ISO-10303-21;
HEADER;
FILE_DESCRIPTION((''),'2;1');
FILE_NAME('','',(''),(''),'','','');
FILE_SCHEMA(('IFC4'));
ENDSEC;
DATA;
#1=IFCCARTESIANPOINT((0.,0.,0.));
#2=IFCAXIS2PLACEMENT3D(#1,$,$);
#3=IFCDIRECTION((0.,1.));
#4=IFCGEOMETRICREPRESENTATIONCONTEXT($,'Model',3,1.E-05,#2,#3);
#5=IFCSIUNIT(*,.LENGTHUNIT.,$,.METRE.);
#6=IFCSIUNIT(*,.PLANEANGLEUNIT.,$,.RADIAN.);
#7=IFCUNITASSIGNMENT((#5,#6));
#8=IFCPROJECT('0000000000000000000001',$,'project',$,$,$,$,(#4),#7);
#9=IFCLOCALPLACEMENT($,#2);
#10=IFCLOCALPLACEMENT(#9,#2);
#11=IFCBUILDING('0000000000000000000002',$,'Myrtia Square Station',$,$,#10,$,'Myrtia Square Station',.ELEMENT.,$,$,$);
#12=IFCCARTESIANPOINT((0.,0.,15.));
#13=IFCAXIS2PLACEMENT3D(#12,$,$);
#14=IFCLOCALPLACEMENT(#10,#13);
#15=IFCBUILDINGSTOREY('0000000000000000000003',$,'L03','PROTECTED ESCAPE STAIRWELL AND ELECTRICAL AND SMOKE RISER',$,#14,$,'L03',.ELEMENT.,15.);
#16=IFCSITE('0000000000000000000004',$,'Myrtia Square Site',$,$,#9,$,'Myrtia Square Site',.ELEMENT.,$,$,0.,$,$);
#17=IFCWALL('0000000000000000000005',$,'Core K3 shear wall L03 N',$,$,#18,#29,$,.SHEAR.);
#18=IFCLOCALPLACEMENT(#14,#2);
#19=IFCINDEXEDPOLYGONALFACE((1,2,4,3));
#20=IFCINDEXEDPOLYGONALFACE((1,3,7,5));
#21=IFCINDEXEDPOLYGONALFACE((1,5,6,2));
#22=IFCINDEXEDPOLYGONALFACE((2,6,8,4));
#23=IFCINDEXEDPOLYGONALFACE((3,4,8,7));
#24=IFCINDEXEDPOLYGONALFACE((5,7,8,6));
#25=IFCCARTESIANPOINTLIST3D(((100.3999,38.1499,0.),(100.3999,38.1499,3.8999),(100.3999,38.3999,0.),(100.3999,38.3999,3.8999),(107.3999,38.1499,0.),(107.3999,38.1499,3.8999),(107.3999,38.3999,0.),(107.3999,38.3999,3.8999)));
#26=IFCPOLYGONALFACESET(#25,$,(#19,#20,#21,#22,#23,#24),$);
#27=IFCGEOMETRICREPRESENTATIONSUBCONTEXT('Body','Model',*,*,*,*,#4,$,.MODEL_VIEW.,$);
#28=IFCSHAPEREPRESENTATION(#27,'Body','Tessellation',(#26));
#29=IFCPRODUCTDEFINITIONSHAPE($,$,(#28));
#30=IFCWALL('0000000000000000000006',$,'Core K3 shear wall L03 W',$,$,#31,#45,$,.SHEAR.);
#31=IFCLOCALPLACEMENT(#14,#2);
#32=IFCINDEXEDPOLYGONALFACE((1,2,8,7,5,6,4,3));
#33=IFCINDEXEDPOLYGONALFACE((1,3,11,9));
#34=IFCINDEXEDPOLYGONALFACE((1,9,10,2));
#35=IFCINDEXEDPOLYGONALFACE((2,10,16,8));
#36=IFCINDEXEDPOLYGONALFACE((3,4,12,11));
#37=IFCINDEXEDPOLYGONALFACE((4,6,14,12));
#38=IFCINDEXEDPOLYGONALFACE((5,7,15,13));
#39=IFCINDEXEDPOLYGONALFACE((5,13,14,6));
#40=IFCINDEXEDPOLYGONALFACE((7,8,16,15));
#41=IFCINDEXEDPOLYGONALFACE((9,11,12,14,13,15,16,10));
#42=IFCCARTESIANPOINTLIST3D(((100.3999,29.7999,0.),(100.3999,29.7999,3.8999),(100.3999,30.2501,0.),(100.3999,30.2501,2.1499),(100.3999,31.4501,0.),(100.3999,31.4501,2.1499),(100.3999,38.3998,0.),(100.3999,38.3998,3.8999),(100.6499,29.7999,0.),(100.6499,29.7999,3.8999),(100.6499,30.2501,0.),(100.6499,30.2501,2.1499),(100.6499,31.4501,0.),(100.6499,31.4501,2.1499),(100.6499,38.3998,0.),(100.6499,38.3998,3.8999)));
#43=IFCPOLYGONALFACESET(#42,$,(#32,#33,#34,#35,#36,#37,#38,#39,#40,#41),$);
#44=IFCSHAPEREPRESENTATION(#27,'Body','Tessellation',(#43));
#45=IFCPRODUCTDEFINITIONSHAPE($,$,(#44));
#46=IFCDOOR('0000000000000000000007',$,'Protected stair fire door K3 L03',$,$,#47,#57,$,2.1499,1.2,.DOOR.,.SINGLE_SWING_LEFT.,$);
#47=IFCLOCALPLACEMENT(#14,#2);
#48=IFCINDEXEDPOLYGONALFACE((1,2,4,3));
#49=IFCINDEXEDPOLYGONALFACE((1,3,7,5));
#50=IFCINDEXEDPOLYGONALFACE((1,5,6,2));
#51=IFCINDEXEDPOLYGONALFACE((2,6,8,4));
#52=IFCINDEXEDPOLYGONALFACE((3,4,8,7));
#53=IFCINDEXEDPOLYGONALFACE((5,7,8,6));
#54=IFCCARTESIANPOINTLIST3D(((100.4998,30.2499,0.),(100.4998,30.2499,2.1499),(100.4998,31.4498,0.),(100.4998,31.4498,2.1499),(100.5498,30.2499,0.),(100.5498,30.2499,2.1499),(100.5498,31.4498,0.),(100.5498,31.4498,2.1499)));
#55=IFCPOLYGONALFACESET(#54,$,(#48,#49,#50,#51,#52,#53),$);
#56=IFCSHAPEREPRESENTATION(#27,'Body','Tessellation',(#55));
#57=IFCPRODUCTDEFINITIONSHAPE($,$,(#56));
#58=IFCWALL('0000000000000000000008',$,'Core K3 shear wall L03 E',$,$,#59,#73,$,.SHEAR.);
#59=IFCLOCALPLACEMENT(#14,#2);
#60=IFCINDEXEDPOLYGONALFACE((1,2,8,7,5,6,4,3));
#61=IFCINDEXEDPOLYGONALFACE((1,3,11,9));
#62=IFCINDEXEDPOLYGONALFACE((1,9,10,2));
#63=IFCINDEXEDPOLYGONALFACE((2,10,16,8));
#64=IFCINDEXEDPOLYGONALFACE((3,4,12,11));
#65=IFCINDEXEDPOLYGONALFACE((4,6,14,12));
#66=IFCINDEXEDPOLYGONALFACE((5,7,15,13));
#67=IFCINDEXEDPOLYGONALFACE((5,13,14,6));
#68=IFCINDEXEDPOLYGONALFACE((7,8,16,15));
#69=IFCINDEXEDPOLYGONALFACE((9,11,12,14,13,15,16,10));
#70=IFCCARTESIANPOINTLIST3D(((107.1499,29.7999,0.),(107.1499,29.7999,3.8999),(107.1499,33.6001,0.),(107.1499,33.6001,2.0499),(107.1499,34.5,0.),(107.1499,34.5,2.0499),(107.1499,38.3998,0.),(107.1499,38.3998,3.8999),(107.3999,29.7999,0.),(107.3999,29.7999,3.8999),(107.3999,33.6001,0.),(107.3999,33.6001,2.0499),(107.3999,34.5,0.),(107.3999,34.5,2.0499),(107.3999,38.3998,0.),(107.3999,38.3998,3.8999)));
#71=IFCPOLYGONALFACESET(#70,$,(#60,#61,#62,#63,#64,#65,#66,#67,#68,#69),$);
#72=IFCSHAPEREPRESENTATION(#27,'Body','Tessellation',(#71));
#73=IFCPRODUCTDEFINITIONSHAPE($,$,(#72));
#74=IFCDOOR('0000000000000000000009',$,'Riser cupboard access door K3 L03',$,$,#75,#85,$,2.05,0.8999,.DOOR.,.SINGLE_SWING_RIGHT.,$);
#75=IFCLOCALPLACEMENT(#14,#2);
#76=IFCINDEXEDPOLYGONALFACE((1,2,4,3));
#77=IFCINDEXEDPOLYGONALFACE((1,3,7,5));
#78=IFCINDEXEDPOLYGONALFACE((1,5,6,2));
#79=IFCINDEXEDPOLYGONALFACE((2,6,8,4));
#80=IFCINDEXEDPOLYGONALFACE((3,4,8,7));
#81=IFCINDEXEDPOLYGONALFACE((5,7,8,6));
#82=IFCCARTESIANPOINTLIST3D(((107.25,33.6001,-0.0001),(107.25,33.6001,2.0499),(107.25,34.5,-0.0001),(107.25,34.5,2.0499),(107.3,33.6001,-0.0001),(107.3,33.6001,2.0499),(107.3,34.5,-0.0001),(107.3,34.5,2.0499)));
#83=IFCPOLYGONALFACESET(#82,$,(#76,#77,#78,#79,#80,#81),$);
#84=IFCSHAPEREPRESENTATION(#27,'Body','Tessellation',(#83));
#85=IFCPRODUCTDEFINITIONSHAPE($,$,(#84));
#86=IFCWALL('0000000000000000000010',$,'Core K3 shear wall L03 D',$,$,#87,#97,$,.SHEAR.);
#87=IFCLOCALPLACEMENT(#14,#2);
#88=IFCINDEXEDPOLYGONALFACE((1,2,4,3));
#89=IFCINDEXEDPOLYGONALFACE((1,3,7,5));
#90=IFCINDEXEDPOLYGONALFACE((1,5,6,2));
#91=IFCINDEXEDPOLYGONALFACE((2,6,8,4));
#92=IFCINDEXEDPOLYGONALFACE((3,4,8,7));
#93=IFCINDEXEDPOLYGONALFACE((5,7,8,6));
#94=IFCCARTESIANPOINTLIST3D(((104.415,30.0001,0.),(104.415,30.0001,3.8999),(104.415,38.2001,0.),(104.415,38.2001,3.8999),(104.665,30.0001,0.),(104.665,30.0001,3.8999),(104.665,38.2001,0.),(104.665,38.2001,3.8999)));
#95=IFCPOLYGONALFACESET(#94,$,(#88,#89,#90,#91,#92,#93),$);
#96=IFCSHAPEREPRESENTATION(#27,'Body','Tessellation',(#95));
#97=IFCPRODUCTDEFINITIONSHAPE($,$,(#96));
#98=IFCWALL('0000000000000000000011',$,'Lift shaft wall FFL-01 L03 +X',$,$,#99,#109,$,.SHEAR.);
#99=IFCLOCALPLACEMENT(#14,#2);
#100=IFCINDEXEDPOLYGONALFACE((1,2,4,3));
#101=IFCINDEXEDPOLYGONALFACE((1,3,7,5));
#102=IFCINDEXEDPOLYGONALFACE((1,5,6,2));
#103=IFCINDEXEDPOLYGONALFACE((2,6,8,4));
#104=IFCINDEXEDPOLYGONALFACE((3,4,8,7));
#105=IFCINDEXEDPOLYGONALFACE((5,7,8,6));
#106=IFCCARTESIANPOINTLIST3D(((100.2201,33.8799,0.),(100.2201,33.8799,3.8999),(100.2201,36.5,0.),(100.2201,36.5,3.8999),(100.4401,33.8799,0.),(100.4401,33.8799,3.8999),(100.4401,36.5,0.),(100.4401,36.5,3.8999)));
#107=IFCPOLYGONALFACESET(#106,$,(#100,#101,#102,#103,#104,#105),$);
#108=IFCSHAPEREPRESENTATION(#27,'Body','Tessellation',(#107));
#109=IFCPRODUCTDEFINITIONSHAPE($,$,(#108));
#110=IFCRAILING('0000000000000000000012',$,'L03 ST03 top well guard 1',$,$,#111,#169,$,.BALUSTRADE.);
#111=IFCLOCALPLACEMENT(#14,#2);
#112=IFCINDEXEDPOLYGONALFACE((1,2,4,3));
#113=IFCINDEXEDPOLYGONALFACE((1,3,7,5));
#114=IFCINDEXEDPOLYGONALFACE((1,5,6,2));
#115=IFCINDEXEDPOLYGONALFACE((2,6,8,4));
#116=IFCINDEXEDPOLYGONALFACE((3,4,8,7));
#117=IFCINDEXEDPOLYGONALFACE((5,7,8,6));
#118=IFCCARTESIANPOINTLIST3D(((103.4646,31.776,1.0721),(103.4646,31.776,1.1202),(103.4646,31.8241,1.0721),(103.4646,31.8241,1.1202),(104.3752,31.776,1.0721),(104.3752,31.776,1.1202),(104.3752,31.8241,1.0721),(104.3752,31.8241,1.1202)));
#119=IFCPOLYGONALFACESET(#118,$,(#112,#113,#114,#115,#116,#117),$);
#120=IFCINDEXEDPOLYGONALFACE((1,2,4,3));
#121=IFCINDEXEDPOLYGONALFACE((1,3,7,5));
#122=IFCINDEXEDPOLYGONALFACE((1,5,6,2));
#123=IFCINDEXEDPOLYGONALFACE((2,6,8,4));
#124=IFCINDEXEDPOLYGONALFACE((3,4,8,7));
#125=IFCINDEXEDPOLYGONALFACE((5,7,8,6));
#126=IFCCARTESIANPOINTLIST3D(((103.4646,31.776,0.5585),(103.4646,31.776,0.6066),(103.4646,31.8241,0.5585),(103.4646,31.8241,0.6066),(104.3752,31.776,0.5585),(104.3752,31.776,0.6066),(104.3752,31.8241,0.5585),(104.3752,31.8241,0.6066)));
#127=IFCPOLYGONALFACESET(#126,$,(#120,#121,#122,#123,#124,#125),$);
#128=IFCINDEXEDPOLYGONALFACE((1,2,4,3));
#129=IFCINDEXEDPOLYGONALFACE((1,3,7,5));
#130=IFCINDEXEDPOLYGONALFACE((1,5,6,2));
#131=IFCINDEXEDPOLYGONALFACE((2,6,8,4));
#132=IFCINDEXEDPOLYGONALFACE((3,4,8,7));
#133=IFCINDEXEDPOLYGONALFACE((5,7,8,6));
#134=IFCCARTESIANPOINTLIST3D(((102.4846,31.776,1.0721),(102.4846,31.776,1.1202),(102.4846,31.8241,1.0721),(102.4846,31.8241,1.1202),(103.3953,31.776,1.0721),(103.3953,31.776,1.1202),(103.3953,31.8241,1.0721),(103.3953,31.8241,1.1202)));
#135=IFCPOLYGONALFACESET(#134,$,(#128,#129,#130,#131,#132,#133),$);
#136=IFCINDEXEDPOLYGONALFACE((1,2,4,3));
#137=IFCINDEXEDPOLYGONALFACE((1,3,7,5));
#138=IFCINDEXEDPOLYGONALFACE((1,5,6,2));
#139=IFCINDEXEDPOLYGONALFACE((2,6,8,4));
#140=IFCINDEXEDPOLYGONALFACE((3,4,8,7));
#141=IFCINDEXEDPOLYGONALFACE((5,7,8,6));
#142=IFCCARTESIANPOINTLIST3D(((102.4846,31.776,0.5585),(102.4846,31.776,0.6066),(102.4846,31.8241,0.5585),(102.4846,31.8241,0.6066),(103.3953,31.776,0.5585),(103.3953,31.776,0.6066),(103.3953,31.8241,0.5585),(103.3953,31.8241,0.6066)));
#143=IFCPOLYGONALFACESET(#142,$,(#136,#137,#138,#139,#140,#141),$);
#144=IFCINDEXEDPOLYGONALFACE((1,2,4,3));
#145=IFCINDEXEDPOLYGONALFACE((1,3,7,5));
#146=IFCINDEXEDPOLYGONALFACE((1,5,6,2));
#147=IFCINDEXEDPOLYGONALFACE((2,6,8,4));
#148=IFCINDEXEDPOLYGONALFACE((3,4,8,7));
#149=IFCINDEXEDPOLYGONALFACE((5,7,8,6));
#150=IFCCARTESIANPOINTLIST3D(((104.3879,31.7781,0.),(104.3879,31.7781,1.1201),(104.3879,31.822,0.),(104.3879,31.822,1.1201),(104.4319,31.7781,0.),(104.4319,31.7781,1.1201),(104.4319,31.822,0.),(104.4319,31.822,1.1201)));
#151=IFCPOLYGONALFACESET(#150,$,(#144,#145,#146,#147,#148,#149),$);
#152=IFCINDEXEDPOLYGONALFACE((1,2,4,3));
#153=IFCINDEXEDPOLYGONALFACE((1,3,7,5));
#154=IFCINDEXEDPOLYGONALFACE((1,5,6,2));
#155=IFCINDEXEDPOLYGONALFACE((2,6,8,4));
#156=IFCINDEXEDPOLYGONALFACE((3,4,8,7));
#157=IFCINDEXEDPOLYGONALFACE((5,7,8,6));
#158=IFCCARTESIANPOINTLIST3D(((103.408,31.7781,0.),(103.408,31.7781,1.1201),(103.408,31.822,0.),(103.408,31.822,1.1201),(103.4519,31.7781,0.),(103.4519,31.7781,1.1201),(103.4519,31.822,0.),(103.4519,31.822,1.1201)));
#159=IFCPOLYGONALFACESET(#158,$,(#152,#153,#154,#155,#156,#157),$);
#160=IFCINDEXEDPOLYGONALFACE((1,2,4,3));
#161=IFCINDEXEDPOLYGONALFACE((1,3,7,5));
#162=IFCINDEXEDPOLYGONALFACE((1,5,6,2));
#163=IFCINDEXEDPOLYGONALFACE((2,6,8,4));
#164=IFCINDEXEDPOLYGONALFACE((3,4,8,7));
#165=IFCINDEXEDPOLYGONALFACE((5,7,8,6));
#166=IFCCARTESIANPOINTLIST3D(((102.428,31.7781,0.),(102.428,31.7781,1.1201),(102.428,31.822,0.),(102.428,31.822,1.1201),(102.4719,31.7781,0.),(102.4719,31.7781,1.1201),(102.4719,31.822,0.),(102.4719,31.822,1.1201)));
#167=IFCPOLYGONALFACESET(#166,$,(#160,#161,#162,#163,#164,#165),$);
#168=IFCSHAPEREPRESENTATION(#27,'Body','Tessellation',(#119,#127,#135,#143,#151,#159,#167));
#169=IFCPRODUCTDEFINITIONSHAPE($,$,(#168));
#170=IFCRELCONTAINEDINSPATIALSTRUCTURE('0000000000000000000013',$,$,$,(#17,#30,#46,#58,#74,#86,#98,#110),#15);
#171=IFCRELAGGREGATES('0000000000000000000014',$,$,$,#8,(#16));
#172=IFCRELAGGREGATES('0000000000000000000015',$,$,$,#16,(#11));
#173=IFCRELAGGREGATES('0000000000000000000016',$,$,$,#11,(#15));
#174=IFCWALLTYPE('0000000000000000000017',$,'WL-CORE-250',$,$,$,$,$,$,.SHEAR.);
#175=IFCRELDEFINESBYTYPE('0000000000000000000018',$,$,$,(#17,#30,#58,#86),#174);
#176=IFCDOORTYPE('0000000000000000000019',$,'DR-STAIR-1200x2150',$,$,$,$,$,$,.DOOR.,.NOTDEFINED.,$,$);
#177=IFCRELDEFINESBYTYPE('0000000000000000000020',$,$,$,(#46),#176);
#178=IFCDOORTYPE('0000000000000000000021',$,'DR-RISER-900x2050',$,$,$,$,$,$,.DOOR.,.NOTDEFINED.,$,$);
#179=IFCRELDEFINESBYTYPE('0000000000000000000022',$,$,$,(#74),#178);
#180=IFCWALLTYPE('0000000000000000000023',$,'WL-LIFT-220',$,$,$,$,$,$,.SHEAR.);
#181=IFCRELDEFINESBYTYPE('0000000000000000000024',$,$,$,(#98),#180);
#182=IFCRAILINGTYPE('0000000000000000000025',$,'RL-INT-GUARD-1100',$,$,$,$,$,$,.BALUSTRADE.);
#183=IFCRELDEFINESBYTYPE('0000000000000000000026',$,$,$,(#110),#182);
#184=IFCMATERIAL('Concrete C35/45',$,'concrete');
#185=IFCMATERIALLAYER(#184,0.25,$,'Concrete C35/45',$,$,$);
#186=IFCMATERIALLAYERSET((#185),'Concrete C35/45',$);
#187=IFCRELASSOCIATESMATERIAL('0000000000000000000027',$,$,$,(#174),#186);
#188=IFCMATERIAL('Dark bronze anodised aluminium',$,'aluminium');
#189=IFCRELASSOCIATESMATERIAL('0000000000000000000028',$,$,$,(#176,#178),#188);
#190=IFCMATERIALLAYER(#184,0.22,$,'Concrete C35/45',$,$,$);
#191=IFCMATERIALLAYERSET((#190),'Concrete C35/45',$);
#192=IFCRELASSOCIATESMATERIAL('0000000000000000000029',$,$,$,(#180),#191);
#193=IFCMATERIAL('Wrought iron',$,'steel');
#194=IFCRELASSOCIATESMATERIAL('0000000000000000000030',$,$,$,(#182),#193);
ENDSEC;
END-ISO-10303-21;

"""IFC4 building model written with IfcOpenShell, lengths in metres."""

from ifc_helpers import new_model, si_unit, direction, frame, frame_2d, origin, origin_2d, place, context, subcontext, project, spatial, rectangle, extrude, material, layer, layer_set, type_object, element, fill, save


model = new_model("IFC4")

# Units and contexts
model_context = context("Model", 3, precision=1e-05, world=origin(), true_north=direction((0.0, 1.0)))
body_context = subcontext(model_context, "Body", "Model", "MODEL_VIEW")
ifc_project = project(units=[si_unit("LENGTHUNIT", "METRE"), si_unit("PLANEANGLEUNIT", "RADIAN")], contexts=[model_context])

# Site, building, storey
site_placement = place(None, origin())
site = spatial("IfcSite", under=ifc_project, at=site_placement, Name="Myrtia Square Site", LongName="Myrtia Square Site", CompositionType="ELEMENT", RefElevation=0.0)
building_placement = place(site_placement, origin())
building = spatial("IfcBuilding", under=site, at=building_placement, Name="Myrtia Square Station", LongName="Myrtia Square Station", CompositionType="ELEMENT")
storey_placement = place(building_placement, frame((0.0, 0.0, 15.0)))
storey = spatial("IfcBuildingStorey", under=building, at=storey_placement, Name="L03", Description="PROTECTED ESCAPE STAIRWELL AND ELECTRICAL AND SMOKE RISER", LongName="L03", CompositionType="ELEMENT", Elevation=15.0)

# Shared definitions
ifc_material_1 = material(Name="Dark bronze anodised aluminium", Category="aluminium")

# Wall
ifc_material_2 = material(Name="Concrete C35/45", Category="concrete")
ifc_layer_1 = layer(ifc_material_2, 0.25, Name="Concrete C35/45")
ifc_layer_set_1 = layer_set([ifc_layer_1], Name="Concrete C35/45")
wall_type_1 = type_object("IfcWallType", Name="WL-CORE-250", PredefinedType="SHEAR", material=ifc_layer_set_1)
for number, where, z_axis, x_axis, name in (
    (1, (100.3999, 38.2749, 0.0), (0.0, 0.0, 1.0), (1.0, 0.0, 0.0), "Core K3 shear wall L03 N"),
):
    element("IfcWall", number, at=place(storey_placement, frame(where, z_axis=z_axis, x_axis=x_axis)), inside=storey, type_object=wall_type_1, Name=name, PredefinedType="SHEAR", context=body_context, shape_type="SweptSolid", body=[
        extrude(rectangle(XDim=7.0, YDim=0.25, at=frame_2d((3.5, 0.0))), origin(), (0.0, 0.0, 1.0), 3.8999),
    ])

# Walls, openings, doors
wall_1_placement = place(storey_placement, frame((100.5249, 29.8, 0.0), z_axis=(0.0, 0.0, 1.0), x_axis=(0.0, 1.0, 0.0)))
wall_1 = element("IfcWall", 2, at=wall_1_placement, inside=storey, type_object=wall_type_1, Name="Core K3 shear wall L03 W", PredefinedType="SHEAR", context=body_context, shape_type="SweptSolid", body=[
    extrude(rectangle(XDim=8.5999, YDim=0.25, at=frame_2d((4.2998, 0.0))), origin(), (0.0, 0.0, 1.0), 3.8999),
])
opening_1_placement = place(wall_1_placement, frame((0.45, 0.0, 0.0)))
opening_1 = element("IfcOpeningElement", 3, at=opening_1_placement, cuts=wall_1, PredefinedType="OPENING", context=body_context, shape_type="SweptSolid", body=[
    extrude(rectangle(XDim=1.2, YDim=2.1499, at=frame_2d((0.6001, 1.075))), frame((0.0, 0.1399, 0.0), z_axis=(0.0, -1.0, 0.0), x_axis=(1.0, 0.0, 0.0)), (0.0, 0.0, 1.0), 0.28),
])
door_type_1 = type_object("IfcDoorType", Name="DR-STAIR-1200x2150", OperationType="NOTDEFINED", PredefinedType="DOOR", material=ifc_material_1)
door_1_placement = place(opening_1_placement, frame((1.2, 0.0, 0.0), z_axis=(0.0, 0.0, 1.0), x_axis=(-1.0, 0.0, 0.0)))
door_1 = element("IfcDoor", 4, at=door_1_placement, inside=storey, type_object=door_type_1, Name="Protected stair fire door K3 L03", OperationType="SINGLE_SWING_LEFT", OverallHeight=2.1499, OverallWidth=1.2, PredefinedType="DOOR", context=body_context, shape_type="SweptSolid", body=[
    extrude(rectangle(XDim=1.2, YDim=2.1499, at=frame_2d((0.6001, 1.075))), frame((0.0, 0.0249, 0.0), z_axis=(0.0, -1.0, 0.0), x_axis=(1.0, 0.0, 0.0)), (0.0, 0.0, 1.0), 0.05),
])
fill(opening_1, door_1)
wall_2_placement = place(storey_placement, frame((107.2749, 29.8, 0.0), z_axis=(0.0, 0.0, 1.0), x_axis=(0.0, 1.0, 0.0)))
wall_2 = element("IfcWall", 5, at=wall_2_placement, inside=storey, type_object=wall_type_1, Name="Core K3 shear wall L03 E", PredefinedType="SHEAR", context=body_context, shape_type="SweptSolid", body=[
    extrude(rectangle(XDim=8.5999, YDim=0.25, at=frame_2d((4.2998, 0.0))), origin(), (0.0, 0.0, 1.0), 3.8999),
])
opening_2_placement = place(wall_2_placement, frame((3.8, 0.0, 0.0)))
opening_2 = element("IfcOpeningElement", 6, at=opening_2_placement, cuts=wall_2, PredefinedType="OPENING", context=body_context, shape_type="SweptSolid", body=[
    extrude(rectangle(XDim=0.8999, YDim=2.05, at=frame_2d((0.45, 1.0249))), frame((0.0, 0.1399, 0.0), z_axis=(0.0, -1.0, 0.0), x_axis=(1.0, 0.0, 0.0)), (0.0, 0.0, 1.0), 0.28),
])
door_type_2 = type_object("IfcDoorType", Name="DR-RISER-900x2050", OperationType="NOTDEFINED", PredefinedType="DOOR", material=ifc_material_1)
door_2_placement = place(opening_2_placement, origin())
door_2 = element("IfcDoor", 7, at=door_2_placement, inside=storey, type_object=door_type_2, Name="Riser cupboard access door K3 L03", OperationType="SINGLE_SWING_RIGHT", OverallHeight=2.05, OverallWidth=0.8999, PredefinedType="DOOR", context=body_context, shape_type="SweptSolid", body=[
    extrude(rectangle(XDim=0.8999, YDim=2.05, at=frame_2d((0.45, 1.0249))), frame((0.0, 0.0249, 0.0), z_axis=(0.0, -1.0, 0.0), x_axis=(1.0, 0.0, 0.0)), (0.0, 0.0, 1.0), 0.05),
])
fill(opening_2, door_2)

# Walls
wall_3_placement = place(storey_placement, frame((104.54, 30.0, 0.0), z_axis=(0.0, 0.0, 1.0), x_axis=(0.0, 1.0, 0.0)))
element("IfcWall", 8, at=wall_3_placement, inside=storey, type_object=wall_type_1, Name="Core K3 shear wall L03 D", PredefinedType="SHEAR", context=body_context, shape_type="SweptSolid", body=[
    extrude(rectangle(XDim=8.2, YDim=0.25, at=frame_2d((4.1001, 0.0))), origin(), (0.0, 0.0, 1.0), 3.8999),
])
ifc_layer_2 = layer(ifc_material_2, 0.22, Name="Concrete C35/45")
ifc_layer_set_2 = layer_set([ifc_layer_2], Name="Concrete C35/45")
wall_type_2 = type_object("IfcWallType", Name="WL-LIFT-220", PredefinedType="SHEAR", material=ifc_layer_set_2)
wall_4_placement = place(storey_placement, frame((100.3301, 33.8799, 0.0), z_axis=(0.0, 0.0, 1.0), x_axis=(0.0, 1.0, 0.0)))
element("IfcWall", 9, at=wall_4_placement, inside=storey, type_object=wall_type_2, Name="Lift shaft wall FFL-01 L03 +X", PredefinedType="SHEAR", context=body_context, shape_type="SweptSolid", body=[
    extrude(rectangle(XDim=2.6201, YDim=0.22, at=frame_2d((1.3101, 0.0))), origin(), (0.0, 0.0, 1.0), 3.8999),
])

# Railing
ifc_material_3 = material(Name="Wrought iron", Category="steel")
railing_type = type_object("IfcRailingType", Name="RL-INT-GUARD-1100", PredefinedType="BALUSTRADE", material=ifc_material_3)
railing_placement = place(storey_placement, frame((104.4099, 31.8, 0.0)))
element("IfcRailing", 10, at=railing_placement, inside=storey, type_object=railing_type, Name="L03 ST03 top well guard 1", PredefinedType="BALUSTRADE", context=body_context, shape_type="SweptSolid", body=[
    extrude(rectangle(XDim=0.0481, YDim=0.0481, at=origin_2d()), frame((-0.0347, 0.0, 1.0962), z_axis=(-1.0, 0.0, 0.0), x_axis=(0.0, -1.0, 0.0)), (0.0, 0.0, 1.0), 0.9106),
    extrude(rectangle(XDim=0.0481, YDim=0.0481, at=origin_2d()), frame((-0.0347, 0.0, 0.5825), z_axis=(-1.0, 0.0, 0.0), x_axis=(0.0, -1.0, 0.0)), (0.0, 0.0, 1.0), 0.9106),
    extrude(rectangle(XDim=0.0481, YDim=0.0481, at=origin_2d()), frame((-1.0146, 0.0, 1.0962), z_axis=(-1.0, 0.0, 0.0), x_axis=(0.0, -1.0, 0.0)), (0.0, 0.0, 1.0), 0.9106),
    extrude(rectangle(XDim=0.0481, YDim=0.0481, at=origin_2d()), frame((-1.0146, 0.0, 0.5825), z_axis=(-1.0, 0.0, 0.0), x_axis=(0.0, -1.0, 0.0)), (0.0, 0.0, 1.0), 0.9106),
    extrude(rectangle(XDim=0.0439, YDim=0.0439, at=origin_2d()), origin(), (0.0, 0.0, 1.0), 1.1201),
    extrude(rectangle(XDim=0.0439, YDim=0.0439, at=origin_2d()), frame((-0.98, 0.0, 0.0)), (0.0, 0.0, 1.0), 1.1201),
    extrude(rectangle(XDim=0.0439, YDim=0.0439, at=origin_2d()), frame((-1.96, 0.0, 0.0)), (0.0, 0.0, 1.0), 1.1201),
])

save(model, "model.ifc")
